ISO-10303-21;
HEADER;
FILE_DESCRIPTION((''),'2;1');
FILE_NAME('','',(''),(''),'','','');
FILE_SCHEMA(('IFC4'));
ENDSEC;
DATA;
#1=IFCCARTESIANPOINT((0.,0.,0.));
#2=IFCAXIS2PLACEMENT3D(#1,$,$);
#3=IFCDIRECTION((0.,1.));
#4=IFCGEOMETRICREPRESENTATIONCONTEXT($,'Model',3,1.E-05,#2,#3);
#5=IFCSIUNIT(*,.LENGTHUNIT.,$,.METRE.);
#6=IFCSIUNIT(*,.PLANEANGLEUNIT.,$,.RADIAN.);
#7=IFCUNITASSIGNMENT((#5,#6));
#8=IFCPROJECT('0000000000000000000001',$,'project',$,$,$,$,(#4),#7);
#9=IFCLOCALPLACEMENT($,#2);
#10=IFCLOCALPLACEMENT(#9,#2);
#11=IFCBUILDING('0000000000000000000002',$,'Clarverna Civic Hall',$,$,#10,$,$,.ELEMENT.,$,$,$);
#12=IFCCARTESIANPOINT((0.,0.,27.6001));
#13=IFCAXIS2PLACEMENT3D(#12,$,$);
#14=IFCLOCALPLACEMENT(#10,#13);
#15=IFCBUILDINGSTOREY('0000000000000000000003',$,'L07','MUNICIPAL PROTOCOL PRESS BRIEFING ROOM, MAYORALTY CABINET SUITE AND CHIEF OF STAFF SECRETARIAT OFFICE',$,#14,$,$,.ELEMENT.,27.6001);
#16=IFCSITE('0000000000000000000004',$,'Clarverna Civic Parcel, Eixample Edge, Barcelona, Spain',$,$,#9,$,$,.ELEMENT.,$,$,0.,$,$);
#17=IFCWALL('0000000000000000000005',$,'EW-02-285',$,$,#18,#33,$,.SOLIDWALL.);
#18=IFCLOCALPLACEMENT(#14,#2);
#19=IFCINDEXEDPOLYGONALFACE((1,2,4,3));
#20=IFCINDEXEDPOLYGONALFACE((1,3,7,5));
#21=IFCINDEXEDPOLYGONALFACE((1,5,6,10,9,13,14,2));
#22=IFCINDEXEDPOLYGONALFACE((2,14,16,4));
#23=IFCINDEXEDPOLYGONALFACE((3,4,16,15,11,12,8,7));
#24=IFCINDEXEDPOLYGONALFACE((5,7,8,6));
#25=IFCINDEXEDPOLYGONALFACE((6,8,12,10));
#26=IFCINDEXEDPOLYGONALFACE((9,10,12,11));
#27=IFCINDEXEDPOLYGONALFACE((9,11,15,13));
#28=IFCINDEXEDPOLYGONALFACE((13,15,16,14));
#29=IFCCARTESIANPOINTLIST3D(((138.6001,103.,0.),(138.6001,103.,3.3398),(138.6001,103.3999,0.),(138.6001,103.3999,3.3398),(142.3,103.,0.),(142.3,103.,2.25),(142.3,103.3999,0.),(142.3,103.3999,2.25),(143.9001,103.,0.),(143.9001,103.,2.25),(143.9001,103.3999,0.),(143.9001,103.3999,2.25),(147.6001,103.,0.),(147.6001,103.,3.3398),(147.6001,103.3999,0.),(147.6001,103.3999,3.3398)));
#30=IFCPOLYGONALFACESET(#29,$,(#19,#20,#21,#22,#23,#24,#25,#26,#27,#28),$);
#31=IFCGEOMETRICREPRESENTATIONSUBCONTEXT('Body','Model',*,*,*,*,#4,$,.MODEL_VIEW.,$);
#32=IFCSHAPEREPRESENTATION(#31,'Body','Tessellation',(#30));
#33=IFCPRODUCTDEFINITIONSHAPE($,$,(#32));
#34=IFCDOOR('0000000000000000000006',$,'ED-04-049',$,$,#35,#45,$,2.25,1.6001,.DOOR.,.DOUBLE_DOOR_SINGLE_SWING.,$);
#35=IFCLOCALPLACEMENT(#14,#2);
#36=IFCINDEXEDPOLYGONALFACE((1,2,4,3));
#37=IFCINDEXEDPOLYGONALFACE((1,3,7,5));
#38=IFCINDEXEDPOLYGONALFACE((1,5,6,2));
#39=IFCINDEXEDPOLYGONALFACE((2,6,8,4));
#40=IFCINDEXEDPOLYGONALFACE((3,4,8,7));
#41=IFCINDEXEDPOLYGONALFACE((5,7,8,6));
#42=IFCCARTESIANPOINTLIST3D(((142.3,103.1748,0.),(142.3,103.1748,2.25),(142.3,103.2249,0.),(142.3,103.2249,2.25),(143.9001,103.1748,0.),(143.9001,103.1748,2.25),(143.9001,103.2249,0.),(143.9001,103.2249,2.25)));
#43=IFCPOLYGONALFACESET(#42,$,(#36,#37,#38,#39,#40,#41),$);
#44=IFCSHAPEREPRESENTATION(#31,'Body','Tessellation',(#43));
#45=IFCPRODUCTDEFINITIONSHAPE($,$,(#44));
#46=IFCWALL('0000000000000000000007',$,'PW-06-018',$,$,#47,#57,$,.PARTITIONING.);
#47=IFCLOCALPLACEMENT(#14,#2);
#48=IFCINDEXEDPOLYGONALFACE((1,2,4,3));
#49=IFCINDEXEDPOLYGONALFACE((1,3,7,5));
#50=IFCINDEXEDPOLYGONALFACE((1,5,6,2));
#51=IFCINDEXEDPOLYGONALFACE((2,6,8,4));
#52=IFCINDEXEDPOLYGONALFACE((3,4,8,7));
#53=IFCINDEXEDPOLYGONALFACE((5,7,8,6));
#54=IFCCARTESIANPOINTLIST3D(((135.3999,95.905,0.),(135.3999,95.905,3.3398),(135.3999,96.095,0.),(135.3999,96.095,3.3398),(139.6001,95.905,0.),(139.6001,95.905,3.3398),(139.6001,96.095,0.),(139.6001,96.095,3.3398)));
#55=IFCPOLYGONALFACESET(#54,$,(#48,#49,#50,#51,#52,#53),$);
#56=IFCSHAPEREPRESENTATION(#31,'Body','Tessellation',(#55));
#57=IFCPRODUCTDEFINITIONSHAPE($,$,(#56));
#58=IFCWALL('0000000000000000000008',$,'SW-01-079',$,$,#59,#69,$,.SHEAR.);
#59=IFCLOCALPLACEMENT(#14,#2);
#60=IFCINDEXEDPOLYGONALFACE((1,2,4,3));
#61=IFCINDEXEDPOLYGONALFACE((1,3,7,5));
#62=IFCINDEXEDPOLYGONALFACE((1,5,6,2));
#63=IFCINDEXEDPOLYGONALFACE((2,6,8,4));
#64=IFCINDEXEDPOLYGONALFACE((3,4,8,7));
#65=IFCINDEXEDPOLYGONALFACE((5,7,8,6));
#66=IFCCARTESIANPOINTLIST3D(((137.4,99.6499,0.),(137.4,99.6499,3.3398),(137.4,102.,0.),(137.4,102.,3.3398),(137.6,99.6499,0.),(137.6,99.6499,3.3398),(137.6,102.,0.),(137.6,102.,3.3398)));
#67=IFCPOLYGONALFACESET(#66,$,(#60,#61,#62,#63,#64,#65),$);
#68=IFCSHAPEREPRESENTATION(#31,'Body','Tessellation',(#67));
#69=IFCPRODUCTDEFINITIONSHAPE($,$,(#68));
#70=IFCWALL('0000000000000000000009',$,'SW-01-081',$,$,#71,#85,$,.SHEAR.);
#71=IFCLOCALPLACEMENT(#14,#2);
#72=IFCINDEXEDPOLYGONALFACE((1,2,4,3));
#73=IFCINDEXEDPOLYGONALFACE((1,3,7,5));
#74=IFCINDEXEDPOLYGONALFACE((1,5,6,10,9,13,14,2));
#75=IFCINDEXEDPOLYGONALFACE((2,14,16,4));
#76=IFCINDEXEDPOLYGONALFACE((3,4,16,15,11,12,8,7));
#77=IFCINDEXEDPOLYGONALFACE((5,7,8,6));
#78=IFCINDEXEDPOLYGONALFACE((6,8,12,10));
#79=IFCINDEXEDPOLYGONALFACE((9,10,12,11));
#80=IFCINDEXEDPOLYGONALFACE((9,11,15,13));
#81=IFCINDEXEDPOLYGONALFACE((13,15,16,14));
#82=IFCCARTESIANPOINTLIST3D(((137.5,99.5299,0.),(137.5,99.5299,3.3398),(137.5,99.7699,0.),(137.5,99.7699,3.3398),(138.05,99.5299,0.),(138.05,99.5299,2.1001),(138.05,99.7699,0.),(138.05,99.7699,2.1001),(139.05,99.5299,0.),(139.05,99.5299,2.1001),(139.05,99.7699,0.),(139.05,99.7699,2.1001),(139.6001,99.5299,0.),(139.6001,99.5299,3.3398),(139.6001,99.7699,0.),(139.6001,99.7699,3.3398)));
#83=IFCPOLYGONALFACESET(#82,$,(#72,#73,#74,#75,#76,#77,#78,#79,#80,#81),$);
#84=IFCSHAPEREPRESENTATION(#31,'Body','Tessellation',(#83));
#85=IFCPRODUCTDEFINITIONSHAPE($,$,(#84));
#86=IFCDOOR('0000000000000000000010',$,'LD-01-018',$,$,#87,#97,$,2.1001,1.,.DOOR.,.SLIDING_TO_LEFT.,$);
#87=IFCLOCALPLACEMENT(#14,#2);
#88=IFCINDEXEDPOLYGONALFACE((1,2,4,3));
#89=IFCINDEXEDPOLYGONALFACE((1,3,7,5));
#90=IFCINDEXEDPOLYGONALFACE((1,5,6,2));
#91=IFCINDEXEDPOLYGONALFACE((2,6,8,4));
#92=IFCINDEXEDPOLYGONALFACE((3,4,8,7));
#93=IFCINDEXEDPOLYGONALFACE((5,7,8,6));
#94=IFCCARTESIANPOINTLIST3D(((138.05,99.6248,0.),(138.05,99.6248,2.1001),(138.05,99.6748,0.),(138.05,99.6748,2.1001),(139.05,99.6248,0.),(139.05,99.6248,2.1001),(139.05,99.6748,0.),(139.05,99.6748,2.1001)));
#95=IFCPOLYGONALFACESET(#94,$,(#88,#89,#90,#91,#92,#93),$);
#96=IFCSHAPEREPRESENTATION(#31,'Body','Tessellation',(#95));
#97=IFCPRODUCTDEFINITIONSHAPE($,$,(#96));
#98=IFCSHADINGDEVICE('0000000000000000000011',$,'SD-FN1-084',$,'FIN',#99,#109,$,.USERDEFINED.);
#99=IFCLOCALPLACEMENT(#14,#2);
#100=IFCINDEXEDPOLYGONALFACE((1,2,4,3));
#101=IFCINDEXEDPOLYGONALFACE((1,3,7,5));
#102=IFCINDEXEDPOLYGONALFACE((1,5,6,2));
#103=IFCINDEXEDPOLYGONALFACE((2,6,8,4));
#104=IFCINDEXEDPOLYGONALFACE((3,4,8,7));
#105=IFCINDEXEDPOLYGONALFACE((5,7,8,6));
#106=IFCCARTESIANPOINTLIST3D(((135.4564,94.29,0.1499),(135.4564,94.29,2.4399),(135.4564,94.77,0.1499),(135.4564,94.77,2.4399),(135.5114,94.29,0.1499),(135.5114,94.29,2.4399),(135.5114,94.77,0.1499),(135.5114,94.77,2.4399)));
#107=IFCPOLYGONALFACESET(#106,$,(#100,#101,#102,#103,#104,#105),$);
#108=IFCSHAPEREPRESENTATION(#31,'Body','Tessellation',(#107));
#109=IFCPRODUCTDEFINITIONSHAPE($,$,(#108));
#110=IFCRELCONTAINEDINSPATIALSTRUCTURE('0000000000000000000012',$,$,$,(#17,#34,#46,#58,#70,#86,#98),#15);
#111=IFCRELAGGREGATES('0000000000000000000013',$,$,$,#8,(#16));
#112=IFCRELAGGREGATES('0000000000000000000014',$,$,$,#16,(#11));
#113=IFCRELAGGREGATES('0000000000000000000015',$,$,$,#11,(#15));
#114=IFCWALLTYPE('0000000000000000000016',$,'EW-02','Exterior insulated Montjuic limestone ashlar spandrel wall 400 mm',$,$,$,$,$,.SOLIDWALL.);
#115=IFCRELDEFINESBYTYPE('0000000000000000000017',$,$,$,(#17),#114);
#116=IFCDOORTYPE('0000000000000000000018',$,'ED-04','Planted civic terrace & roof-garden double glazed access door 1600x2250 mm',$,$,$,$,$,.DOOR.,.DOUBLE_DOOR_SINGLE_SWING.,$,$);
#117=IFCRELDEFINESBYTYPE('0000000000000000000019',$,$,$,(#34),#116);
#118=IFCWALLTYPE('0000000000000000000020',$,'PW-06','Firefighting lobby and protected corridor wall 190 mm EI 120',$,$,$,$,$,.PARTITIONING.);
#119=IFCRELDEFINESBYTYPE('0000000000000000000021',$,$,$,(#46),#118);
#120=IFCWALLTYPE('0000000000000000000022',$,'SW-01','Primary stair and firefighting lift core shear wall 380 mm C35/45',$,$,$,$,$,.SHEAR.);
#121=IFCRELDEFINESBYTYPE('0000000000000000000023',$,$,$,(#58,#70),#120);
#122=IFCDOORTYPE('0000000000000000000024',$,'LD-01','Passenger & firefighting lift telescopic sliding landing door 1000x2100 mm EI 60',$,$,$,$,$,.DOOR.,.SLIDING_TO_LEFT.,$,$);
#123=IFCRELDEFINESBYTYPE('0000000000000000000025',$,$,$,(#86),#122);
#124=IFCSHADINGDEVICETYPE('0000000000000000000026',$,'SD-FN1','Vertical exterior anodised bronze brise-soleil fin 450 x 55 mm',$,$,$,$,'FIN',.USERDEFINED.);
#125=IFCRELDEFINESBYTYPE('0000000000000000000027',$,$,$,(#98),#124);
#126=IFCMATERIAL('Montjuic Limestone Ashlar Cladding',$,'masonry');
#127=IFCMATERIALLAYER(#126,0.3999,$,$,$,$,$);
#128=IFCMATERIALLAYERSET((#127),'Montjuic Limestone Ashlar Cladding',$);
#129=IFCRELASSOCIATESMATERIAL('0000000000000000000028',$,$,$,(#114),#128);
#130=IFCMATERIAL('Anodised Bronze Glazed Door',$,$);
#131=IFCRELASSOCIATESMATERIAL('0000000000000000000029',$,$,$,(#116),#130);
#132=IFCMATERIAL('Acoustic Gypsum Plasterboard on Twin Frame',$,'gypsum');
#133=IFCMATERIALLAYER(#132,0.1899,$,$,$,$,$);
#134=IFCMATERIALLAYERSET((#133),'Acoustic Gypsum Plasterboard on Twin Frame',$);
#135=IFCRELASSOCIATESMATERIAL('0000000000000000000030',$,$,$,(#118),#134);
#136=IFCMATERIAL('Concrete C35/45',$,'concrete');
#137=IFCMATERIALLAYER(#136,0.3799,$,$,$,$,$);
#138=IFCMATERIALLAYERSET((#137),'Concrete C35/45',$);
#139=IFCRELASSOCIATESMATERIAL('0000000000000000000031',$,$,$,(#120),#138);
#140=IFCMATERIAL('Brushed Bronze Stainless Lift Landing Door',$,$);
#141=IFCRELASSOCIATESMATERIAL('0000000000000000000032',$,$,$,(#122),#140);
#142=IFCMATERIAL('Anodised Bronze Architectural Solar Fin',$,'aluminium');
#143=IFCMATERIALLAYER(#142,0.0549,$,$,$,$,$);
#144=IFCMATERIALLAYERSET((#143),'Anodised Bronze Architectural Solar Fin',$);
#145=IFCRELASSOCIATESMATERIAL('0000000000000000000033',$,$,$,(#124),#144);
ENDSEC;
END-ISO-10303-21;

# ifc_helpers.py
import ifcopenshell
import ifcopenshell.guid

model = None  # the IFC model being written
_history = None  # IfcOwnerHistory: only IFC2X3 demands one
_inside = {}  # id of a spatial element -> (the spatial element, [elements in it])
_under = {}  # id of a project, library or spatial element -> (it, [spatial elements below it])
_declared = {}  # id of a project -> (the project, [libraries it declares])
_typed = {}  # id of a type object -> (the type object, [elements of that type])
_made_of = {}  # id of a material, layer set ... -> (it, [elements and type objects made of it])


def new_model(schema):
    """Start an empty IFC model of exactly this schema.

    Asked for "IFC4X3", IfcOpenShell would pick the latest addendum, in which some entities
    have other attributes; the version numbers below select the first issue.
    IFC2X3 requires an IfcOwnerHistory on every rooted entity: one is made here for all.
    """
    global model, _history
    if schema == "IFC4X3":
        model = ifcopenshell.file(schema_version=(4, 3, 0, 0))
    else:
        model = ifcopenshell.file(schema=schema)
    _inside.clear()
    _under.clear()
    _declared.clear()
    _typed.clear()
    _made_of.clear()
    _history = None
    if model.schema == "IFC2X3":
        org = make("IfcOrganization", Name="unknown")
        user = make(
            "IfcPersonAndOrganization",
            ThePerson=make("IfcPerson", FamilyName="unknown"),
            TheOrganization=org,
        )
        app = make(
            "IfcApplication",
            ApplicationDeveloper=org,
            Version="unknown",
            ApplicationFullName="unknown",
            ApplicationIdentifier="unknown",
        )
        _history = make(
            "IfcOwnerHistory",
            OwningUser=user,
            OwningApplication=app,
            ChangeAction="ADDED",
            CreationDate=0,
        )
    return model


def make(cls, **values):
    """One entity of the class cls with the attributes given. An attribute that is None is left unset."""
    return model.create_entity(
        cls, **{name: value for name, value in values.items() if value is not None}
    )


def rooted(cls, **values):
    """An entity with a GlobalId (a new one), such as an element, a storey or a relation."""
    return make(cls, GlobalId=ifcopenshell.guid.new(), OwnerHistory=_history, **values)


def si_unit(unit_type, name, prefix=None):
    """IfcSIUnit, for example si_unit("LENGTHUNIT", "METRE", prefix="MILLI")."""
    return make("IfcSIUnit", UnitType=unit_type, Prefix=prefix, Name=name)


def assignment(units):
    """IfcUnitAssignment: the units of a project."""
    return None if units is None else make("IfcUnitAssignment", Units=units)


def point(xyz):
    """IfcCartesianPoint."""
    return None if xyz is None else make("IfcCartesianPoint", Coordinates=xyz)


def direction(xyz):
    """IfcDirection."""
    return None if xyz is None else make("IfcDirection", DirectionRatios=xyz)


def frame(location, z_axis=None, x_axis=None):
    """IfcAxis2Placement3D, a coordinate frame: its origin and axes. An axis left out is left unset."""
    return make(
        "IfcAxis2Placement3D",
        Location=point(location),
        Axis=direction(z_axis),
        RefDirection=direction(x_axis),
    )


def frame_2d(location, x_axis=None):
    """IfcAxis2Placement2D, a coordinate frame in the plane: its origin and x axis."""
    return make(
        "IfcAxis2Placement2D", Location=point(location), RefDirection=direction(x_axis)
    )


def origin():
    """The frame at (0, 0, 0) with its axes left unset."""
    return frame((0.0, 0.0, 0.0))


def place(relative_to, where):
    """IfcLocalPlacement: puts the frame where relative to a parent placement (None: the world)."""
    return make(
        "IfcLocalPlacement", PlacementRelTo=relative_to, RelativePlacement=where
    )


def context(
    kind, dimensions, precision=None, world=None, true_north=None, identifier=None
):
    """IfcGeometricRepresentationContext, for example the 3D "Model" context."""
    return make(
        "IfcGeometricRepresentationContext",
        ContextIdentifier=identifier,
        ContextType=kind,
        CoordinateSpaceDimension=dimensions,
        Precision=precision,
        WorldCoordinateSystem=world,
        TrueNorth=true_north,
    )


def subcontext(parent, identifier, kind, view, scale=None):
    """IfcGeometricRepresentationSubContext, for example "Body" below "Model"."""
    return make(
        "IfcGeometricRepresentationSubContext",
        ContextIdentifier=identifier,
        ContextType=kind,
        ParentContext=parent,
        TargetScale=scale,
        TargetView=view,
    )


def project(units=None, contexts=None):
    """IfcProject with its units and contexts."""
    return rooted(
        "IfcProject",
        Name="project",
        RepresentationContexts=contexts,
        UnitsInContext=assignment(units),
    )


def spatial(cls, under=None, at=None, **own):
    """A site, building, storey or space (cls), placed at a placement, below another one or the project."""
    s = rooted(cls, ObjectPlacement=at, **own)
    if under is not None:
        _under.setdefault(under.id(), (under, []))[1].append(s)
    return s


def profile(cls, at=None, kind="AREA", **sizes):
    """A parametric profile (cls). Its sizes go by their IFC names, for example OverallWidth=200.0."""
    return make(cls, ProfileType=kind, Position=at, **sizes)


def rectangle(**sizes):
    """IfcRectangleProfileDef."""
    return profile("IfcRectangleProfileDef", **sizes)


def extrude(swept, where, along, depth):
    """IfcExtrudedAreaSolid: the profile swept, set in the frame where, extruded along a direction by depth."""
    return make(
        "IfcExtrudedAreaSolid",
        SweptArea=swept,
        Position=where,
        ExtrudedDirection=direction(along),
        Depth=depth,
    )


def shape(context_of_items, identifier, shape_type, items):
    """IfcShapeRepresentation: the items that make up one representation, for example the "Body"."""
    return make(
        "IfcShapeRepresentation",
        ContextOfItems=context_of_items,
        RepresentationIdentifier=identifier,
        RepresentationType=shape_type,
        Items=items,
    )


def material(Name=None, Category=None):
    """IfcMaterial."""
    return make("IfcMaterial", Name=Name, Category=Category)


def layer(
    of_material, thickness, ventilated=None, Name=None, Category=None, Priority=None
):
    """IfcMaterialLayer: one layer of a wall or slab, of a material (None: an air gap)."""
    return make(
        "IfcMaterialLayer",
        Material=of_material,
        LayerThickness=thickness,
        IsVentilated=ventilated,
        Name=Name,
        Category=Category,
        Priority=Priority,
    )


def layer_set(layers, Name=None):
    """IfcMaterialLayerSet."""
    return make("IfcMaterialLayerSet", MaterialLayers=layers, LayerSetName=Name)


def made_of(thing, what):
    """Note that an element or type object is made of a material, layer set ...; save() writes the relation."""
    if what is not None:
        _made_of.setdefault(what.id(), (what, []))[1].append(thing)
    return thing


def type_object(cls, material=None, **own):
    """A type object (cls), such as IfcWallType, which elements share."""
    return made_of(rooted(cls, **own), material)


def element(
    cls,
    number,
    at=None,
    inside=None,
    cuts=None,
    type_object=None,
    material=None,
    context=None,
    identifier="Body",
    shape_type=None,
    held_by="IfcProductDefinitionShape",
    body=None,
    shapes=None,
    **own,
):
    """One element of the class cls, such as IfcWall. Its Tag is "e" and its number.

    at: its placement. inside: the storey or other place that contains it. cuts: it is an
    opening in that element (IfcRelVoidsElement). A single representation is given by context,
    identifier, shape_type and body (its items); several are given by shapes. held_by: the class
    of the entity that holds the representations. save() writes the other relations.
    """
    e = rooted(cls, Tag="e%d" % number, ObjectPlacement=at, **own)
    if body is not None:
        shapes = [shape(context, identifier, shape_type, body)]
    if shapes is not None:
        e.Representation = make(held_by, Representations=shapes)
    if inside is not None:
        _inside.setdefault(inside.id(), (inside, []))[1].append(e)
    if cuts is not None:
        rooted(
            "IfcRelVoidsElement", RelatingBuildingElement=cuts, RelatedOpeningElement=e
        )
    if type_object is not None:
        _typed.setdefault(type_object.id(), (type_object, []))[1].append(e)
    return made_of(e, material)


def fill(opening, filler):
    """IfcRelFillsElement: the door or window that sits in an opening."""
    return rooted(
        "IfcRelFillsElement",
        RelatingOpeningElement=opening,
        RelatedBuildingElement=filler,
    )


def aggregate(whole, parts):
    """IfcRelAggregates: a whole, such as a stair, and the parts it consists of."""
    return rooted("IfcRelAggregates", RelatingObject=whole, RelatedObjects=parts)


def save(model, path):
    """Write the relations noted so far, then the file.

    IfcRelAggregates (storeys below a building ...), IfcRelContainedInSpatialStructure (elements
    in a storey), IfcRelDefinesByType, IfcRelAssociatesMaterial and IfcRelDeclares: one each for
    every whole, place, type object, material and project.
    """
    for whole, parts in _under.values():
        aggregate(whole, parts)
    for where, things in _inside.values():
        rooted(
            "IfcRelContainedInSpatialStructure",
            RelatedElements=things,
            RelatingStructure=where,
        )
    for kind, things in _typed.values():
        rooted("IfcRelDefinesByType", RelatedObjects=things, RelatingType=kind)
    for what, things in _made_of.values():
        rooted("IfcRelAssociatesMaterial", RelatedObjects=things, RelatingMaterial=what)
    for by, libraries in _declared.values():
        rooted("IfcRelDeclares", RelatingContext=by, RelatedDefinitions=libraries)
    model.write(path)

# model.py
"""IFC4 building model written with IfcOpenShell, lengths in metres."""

from ifc_helpers import new_model, si_unit, direction, frame, frame_2d, origin, place, context, subcontext, project, spatial, rectangle, extrude, material, layer, layer_set, type_object, element, fill, save


model = new_model("IFC4")

# Units and contexts
model_context = context("Model", 3, precision=1e-05, world=origin(), true_north=direction((0.0, 1.0)))
body_context = subcontext(model_context, "Body", "Model", "MODEL_VIEW")
ifc_project = project(units=[si_unit("LENGTHUNIT", "METRE"), si_unit("PLANEANGLEUNIT", "RADIAN")], contexts=[model_context])

# Site, building, storey
site_placement = place(None, origin())
site = spatial("IfcSite", under=ifc_project, at=site_placement, Name="Clarverna Civic Parcel, Eixample Edge, Barcelona, Spain", CompositionType="ELEMENT", RefElevation=0.0)
building_placement = place(site_placement, origin())
building = spatial("IfcBuilding", under=site, at=building_placement, Name="Clarverna Civic Hall", CompositionType="ELEMENT")
storey_placement = place(building_placement, frame((0.0, 0.0, 27.6001)))
storey = spatial("IfcBuildingStorey", under=building, at=storey_placement, Name="L07", Description="MUNICIPAL PROTOCOL PRESS BRIEFING ROOM, MAYORALTY CABINET SUITE AND CHIEF OF STAFF SECRETARIAT OFFICE", CompositionType="ELEMENT", Elevation=27.6001)

# Shared definitions
ifc_material_1 = material(Name="Concrete C35/45", Category="concrete")

# Wall, opening, door
ifc_material_2 = material(Name="Montjuic Limestone Ashlar Cladding", Category="masonry")
ifc_layer_1 = layer(ifc_material_2, 0.3999)
ifc_layer_set_1 = layer_set([ifc_layer_1], Name="Montjuic Limestone Ashlar Cladding")
wall_type_1 = type_object("IfcWallType", Name="EW-02", Description="Exterior insulated Montjuic limestone ashlar spandrel wall 400 mm", PredefinedType="SOLIDWALL", material=ifc_layer_set_1)
wall_1_placement = place(storey_placement, frame((138.6001, 103.2, 0.0), z_axis=(0.0, 0.0, 1.0), x_axis=(1.0, 0.0, 0.0)))
wall_1 = element("IfcWall", 1, at=wall_1_placement, inside=storey, type_object=wall_type_1, Name="EW-02-285", PredefinedType="SOLIDWALL", context=body_context, shape_type="SweptSolid", body=[
    extrude(rectangle(XDim=9.0, YDim=0.3999, at=frame_2d((4.5, 0.0))), origin(), (0.0, 0.0, 1.0), 3.3398),
])
opening_1_placement = place(wall_1_placement, frame((3.7, 0.0, 0.0)))
opening_1 = element("IfcOpeningElement", 2, at=opening_1_placement, cuts=wall_1, PredefinedType="OPENING", context=body_context, shape_type="SweptSolid", body=[
    extrude(rectangle(XDim=1.6001, YDim=2.25, at=frame_2d((0.8, 1.125))), frame((0.0, 0.21, 0.0), z_axis=(0.0, -1.0, 0.0), x_axis=(1.0, 0.0, 0.0)), (0.0, 0.0, 1.0), 0.4199),
])
ifc_material_3 = material(Name="Anodised Bronze Glazed Door")
door_type_1 = type_object("IfcDoorType", Name="ED-04", Description="Planted civic terrace & roof-garden double glazed access door 1600x2250 mm", OperationType="DOUBLE_DOOR_SINGLE_SWING", PredefinedType="DOOR", material=ifc_material_3)
door_1_placement = place(opening_1_placement, origin())
door_1 = element("IfcDoor", 3, at=door_1_placement, inside=storey, type_object=door_type_1, Name="ED-04-049", OperationType="DOUBLE_DOOR_SINGLE_SWING", OverallHeight=2.25, OverallWidth=1.6001, PredefinedType="DOOR", context=body_context, shape_type="SweptSolid", body=[
    extrude(rectangle(XDim=1.6001, YDim=2.25, at=frame_2d((0.8, 1.125))), frame((0.0, 0.0249, 0.0), z_axis=(0.0, -1.0, 0.0), x_axis=(1.0, 0.0, 0.0)), (0.0, 0.0, 1.0), 0.05),
])
fill(opening_1, door_1)
ifc_material_4 = material(Name="Acoustic Gypsum Plasterboard on Twin Frame", Category="gypsum")
ifc_layer_2 = layer(ifc_material_4, 0.1899)
ifc_layer_set_2 = layer_set([ifc_layer_2], Name="Acoustic Gypsum Plasterboard on Twin Frame")
wall_type_2 = type_object("IfcWallType", Name="PW-06", Description="Firefighting lobby and protected corridor wall 190 mm EI 120", PredefinedType="PARTITIONING", material=ifc_layer_set_2)

# Walls
wall_2_placement = place(storey_placement, frame((135.3999, 96.0, 0.0), z_axis=(0.0, 0.0, 1.0), x_axis=(1.0, 0.0, 0.0)))
element("IfcWall", 4, at=wall_2_placement, inside=storey, type_object=wall_type_2, Name="PW-06-018", PredefinedType="PARTITIONING", context=body_context, shape_type="SweptSolid", body=[
    extrude(rectangle(XDim=4.2002, YDim=0.1899, at=frame_2d((2.1001, 0.0))), origin(), (0.0, 0.0, 1.0), 3.3398),
])
ifc_layer_3 = layer(ifc_material_1, 0.3799)
ifc_layer_set_3 = layer_set([ifc_layer_3], Name="Concrete C35/45")
wall_type_3 = type_object("IfcWallType", Name="SW-01", Description="Primary stair and firefighting lift core shear wall 380 mm C35/45", PredefinedType="SHEAR", material=ifc_layer_set_3)
wall_3_placement = place(storey_placement, frame((137.5, 99.6499, 0.0), z_axis=(0.0, 0.0, 1.0), x_axis=(0.0, 1.0, 0.0)))
element("IfcWall", 5, at=wall_3_placement, inside=storey, type_object=wall_type_3, Name="SW-01-079", PredefinedType="SHEAR", context=body_context, shape_type="SweptSolid", body=[
    extrude(rectangle(XDim=2.3501, YDim=0.2, at=frame_2d((1.175, 0.0))), origin(), (0.0, 0.0, 1.0), 3.3398),
])

# Wall, opening, door
wall_4_placement = place(storey_placement, frame((137.5, 99.6499, 0.0), z_axis=(0.0, 0.0, 1.0), x_axis=(1.0, 0.0, 0.0)))
wall_4 = element("IfcWall", 6, at=wall_4_placement, inside=storey, type_object=wall_type_3, Name="SW-01-081", PredefinedType="SHEAR", context=body_context, shape_type="SweptSolid", body=[
    extrude(rectangle(XDim=2.1001, YDim=0.24, at=frame_2d((1.05, 0.0))), origin(), (0.0, 0.0, 1.0), 3.3398),
])
opening_2_placement = place(wall_4_placement, frame((0.55, 0.0, 0.0)))
opening_2 = element("IfcOpeningElement", 7, at=opening_2_placement, cuts=wall_4, PredefinedType="OPENING", context=body_context, shape_type="SweptSolid", body=[
    extrude(rectangle(XDim=1.0, YDim=2.1001, at=frame_2d((0.5, 1.05))), frame((0.0, 0.1299, 0.0), z_axis=(0.0, -1.0, 0.0), x_axis=(1.0, 0.0, 0.0)), (0.0, 0.0, 1.0), 0.26),
])
ifc_material_5 = material(Name="Brushed Bronze Stainless Lift Landing Door")
door_type_2 = type_object("IfcDoorType", Name="LD-01", Description="Passenger & firefighting lift telescopic sliding landing door 1000x2100 mm EI 60", OperationType="SLIDING_TO_LEFT", PredefinedType="DOOR", material=ifc_material_5)
door_2_placement = place(opening_2_placement, origin())
door_2 = element("IfcDoor", 8, at=door_2_placement, inside=storey, type_object=door_type_2, Name="LD-01-018", OperationType="SLIDING_TO_LEFT", OverallHeight=2.1001, OverallWidth=1.0, PredefinedType="DOOR", context=body_context, shape_type="SweptSolid", body=[
    extrude(rectangle(XDim=1.0, YDim=2.1001, at=frame_2d((0.5, 1.05))), frame((0.0, 0.0249, 0.0), z_axis=(0.0, -1.0, 0.0), x_axis=(1.0, 0.0, 0.0)), (0.0, 0.0, 1.0), 0.05),
])
fill(opening_2, door_2)

# Shading device
ifc_material_6 = material(Name="Anodised Bronze Architectural Solar Fin", Category="aluminium")
ifc_layer_4 = layer(ifc_material_6, 0.0549)
ifc_layer_set_4 = layer_set([ifc_layer_4], Name="Anodised Bronze Architectural Solar Fin")
shading_device_type = type_object("IfcShadingDeviceType", Name="SD-FN1", Description="Vertical exterior anodised bronze brise-soleil fin 450 x 55 mm", ElementType="FIN", PredefinedType="USERDEFINED", material=ifc_layer_set_4)
shading_device_placement = place(storey_placement, frame((135.4839, 94.77, 0.1499), z_axis=(0.0, 0.0, 1.0), x_axis=(0.0, -1.0, 0.0)))
element("IfcShadingDevice", 9, at=shading_device_placement, inside=storey, type_object=shading_device_type, Name="SD-FN1-084", ObjectType="FIN", PredefinedType="USERDEFINED", context=body_context, shape_type="SweptSolid", body=[
    extrude(rectangle(XDim=0.48, YDim=0.0549, at=frame_2d((0.24, 0.0))), origin(), (0.0, 0.0, 1.0), 2.29),
])

save(model, "model.ifc")
